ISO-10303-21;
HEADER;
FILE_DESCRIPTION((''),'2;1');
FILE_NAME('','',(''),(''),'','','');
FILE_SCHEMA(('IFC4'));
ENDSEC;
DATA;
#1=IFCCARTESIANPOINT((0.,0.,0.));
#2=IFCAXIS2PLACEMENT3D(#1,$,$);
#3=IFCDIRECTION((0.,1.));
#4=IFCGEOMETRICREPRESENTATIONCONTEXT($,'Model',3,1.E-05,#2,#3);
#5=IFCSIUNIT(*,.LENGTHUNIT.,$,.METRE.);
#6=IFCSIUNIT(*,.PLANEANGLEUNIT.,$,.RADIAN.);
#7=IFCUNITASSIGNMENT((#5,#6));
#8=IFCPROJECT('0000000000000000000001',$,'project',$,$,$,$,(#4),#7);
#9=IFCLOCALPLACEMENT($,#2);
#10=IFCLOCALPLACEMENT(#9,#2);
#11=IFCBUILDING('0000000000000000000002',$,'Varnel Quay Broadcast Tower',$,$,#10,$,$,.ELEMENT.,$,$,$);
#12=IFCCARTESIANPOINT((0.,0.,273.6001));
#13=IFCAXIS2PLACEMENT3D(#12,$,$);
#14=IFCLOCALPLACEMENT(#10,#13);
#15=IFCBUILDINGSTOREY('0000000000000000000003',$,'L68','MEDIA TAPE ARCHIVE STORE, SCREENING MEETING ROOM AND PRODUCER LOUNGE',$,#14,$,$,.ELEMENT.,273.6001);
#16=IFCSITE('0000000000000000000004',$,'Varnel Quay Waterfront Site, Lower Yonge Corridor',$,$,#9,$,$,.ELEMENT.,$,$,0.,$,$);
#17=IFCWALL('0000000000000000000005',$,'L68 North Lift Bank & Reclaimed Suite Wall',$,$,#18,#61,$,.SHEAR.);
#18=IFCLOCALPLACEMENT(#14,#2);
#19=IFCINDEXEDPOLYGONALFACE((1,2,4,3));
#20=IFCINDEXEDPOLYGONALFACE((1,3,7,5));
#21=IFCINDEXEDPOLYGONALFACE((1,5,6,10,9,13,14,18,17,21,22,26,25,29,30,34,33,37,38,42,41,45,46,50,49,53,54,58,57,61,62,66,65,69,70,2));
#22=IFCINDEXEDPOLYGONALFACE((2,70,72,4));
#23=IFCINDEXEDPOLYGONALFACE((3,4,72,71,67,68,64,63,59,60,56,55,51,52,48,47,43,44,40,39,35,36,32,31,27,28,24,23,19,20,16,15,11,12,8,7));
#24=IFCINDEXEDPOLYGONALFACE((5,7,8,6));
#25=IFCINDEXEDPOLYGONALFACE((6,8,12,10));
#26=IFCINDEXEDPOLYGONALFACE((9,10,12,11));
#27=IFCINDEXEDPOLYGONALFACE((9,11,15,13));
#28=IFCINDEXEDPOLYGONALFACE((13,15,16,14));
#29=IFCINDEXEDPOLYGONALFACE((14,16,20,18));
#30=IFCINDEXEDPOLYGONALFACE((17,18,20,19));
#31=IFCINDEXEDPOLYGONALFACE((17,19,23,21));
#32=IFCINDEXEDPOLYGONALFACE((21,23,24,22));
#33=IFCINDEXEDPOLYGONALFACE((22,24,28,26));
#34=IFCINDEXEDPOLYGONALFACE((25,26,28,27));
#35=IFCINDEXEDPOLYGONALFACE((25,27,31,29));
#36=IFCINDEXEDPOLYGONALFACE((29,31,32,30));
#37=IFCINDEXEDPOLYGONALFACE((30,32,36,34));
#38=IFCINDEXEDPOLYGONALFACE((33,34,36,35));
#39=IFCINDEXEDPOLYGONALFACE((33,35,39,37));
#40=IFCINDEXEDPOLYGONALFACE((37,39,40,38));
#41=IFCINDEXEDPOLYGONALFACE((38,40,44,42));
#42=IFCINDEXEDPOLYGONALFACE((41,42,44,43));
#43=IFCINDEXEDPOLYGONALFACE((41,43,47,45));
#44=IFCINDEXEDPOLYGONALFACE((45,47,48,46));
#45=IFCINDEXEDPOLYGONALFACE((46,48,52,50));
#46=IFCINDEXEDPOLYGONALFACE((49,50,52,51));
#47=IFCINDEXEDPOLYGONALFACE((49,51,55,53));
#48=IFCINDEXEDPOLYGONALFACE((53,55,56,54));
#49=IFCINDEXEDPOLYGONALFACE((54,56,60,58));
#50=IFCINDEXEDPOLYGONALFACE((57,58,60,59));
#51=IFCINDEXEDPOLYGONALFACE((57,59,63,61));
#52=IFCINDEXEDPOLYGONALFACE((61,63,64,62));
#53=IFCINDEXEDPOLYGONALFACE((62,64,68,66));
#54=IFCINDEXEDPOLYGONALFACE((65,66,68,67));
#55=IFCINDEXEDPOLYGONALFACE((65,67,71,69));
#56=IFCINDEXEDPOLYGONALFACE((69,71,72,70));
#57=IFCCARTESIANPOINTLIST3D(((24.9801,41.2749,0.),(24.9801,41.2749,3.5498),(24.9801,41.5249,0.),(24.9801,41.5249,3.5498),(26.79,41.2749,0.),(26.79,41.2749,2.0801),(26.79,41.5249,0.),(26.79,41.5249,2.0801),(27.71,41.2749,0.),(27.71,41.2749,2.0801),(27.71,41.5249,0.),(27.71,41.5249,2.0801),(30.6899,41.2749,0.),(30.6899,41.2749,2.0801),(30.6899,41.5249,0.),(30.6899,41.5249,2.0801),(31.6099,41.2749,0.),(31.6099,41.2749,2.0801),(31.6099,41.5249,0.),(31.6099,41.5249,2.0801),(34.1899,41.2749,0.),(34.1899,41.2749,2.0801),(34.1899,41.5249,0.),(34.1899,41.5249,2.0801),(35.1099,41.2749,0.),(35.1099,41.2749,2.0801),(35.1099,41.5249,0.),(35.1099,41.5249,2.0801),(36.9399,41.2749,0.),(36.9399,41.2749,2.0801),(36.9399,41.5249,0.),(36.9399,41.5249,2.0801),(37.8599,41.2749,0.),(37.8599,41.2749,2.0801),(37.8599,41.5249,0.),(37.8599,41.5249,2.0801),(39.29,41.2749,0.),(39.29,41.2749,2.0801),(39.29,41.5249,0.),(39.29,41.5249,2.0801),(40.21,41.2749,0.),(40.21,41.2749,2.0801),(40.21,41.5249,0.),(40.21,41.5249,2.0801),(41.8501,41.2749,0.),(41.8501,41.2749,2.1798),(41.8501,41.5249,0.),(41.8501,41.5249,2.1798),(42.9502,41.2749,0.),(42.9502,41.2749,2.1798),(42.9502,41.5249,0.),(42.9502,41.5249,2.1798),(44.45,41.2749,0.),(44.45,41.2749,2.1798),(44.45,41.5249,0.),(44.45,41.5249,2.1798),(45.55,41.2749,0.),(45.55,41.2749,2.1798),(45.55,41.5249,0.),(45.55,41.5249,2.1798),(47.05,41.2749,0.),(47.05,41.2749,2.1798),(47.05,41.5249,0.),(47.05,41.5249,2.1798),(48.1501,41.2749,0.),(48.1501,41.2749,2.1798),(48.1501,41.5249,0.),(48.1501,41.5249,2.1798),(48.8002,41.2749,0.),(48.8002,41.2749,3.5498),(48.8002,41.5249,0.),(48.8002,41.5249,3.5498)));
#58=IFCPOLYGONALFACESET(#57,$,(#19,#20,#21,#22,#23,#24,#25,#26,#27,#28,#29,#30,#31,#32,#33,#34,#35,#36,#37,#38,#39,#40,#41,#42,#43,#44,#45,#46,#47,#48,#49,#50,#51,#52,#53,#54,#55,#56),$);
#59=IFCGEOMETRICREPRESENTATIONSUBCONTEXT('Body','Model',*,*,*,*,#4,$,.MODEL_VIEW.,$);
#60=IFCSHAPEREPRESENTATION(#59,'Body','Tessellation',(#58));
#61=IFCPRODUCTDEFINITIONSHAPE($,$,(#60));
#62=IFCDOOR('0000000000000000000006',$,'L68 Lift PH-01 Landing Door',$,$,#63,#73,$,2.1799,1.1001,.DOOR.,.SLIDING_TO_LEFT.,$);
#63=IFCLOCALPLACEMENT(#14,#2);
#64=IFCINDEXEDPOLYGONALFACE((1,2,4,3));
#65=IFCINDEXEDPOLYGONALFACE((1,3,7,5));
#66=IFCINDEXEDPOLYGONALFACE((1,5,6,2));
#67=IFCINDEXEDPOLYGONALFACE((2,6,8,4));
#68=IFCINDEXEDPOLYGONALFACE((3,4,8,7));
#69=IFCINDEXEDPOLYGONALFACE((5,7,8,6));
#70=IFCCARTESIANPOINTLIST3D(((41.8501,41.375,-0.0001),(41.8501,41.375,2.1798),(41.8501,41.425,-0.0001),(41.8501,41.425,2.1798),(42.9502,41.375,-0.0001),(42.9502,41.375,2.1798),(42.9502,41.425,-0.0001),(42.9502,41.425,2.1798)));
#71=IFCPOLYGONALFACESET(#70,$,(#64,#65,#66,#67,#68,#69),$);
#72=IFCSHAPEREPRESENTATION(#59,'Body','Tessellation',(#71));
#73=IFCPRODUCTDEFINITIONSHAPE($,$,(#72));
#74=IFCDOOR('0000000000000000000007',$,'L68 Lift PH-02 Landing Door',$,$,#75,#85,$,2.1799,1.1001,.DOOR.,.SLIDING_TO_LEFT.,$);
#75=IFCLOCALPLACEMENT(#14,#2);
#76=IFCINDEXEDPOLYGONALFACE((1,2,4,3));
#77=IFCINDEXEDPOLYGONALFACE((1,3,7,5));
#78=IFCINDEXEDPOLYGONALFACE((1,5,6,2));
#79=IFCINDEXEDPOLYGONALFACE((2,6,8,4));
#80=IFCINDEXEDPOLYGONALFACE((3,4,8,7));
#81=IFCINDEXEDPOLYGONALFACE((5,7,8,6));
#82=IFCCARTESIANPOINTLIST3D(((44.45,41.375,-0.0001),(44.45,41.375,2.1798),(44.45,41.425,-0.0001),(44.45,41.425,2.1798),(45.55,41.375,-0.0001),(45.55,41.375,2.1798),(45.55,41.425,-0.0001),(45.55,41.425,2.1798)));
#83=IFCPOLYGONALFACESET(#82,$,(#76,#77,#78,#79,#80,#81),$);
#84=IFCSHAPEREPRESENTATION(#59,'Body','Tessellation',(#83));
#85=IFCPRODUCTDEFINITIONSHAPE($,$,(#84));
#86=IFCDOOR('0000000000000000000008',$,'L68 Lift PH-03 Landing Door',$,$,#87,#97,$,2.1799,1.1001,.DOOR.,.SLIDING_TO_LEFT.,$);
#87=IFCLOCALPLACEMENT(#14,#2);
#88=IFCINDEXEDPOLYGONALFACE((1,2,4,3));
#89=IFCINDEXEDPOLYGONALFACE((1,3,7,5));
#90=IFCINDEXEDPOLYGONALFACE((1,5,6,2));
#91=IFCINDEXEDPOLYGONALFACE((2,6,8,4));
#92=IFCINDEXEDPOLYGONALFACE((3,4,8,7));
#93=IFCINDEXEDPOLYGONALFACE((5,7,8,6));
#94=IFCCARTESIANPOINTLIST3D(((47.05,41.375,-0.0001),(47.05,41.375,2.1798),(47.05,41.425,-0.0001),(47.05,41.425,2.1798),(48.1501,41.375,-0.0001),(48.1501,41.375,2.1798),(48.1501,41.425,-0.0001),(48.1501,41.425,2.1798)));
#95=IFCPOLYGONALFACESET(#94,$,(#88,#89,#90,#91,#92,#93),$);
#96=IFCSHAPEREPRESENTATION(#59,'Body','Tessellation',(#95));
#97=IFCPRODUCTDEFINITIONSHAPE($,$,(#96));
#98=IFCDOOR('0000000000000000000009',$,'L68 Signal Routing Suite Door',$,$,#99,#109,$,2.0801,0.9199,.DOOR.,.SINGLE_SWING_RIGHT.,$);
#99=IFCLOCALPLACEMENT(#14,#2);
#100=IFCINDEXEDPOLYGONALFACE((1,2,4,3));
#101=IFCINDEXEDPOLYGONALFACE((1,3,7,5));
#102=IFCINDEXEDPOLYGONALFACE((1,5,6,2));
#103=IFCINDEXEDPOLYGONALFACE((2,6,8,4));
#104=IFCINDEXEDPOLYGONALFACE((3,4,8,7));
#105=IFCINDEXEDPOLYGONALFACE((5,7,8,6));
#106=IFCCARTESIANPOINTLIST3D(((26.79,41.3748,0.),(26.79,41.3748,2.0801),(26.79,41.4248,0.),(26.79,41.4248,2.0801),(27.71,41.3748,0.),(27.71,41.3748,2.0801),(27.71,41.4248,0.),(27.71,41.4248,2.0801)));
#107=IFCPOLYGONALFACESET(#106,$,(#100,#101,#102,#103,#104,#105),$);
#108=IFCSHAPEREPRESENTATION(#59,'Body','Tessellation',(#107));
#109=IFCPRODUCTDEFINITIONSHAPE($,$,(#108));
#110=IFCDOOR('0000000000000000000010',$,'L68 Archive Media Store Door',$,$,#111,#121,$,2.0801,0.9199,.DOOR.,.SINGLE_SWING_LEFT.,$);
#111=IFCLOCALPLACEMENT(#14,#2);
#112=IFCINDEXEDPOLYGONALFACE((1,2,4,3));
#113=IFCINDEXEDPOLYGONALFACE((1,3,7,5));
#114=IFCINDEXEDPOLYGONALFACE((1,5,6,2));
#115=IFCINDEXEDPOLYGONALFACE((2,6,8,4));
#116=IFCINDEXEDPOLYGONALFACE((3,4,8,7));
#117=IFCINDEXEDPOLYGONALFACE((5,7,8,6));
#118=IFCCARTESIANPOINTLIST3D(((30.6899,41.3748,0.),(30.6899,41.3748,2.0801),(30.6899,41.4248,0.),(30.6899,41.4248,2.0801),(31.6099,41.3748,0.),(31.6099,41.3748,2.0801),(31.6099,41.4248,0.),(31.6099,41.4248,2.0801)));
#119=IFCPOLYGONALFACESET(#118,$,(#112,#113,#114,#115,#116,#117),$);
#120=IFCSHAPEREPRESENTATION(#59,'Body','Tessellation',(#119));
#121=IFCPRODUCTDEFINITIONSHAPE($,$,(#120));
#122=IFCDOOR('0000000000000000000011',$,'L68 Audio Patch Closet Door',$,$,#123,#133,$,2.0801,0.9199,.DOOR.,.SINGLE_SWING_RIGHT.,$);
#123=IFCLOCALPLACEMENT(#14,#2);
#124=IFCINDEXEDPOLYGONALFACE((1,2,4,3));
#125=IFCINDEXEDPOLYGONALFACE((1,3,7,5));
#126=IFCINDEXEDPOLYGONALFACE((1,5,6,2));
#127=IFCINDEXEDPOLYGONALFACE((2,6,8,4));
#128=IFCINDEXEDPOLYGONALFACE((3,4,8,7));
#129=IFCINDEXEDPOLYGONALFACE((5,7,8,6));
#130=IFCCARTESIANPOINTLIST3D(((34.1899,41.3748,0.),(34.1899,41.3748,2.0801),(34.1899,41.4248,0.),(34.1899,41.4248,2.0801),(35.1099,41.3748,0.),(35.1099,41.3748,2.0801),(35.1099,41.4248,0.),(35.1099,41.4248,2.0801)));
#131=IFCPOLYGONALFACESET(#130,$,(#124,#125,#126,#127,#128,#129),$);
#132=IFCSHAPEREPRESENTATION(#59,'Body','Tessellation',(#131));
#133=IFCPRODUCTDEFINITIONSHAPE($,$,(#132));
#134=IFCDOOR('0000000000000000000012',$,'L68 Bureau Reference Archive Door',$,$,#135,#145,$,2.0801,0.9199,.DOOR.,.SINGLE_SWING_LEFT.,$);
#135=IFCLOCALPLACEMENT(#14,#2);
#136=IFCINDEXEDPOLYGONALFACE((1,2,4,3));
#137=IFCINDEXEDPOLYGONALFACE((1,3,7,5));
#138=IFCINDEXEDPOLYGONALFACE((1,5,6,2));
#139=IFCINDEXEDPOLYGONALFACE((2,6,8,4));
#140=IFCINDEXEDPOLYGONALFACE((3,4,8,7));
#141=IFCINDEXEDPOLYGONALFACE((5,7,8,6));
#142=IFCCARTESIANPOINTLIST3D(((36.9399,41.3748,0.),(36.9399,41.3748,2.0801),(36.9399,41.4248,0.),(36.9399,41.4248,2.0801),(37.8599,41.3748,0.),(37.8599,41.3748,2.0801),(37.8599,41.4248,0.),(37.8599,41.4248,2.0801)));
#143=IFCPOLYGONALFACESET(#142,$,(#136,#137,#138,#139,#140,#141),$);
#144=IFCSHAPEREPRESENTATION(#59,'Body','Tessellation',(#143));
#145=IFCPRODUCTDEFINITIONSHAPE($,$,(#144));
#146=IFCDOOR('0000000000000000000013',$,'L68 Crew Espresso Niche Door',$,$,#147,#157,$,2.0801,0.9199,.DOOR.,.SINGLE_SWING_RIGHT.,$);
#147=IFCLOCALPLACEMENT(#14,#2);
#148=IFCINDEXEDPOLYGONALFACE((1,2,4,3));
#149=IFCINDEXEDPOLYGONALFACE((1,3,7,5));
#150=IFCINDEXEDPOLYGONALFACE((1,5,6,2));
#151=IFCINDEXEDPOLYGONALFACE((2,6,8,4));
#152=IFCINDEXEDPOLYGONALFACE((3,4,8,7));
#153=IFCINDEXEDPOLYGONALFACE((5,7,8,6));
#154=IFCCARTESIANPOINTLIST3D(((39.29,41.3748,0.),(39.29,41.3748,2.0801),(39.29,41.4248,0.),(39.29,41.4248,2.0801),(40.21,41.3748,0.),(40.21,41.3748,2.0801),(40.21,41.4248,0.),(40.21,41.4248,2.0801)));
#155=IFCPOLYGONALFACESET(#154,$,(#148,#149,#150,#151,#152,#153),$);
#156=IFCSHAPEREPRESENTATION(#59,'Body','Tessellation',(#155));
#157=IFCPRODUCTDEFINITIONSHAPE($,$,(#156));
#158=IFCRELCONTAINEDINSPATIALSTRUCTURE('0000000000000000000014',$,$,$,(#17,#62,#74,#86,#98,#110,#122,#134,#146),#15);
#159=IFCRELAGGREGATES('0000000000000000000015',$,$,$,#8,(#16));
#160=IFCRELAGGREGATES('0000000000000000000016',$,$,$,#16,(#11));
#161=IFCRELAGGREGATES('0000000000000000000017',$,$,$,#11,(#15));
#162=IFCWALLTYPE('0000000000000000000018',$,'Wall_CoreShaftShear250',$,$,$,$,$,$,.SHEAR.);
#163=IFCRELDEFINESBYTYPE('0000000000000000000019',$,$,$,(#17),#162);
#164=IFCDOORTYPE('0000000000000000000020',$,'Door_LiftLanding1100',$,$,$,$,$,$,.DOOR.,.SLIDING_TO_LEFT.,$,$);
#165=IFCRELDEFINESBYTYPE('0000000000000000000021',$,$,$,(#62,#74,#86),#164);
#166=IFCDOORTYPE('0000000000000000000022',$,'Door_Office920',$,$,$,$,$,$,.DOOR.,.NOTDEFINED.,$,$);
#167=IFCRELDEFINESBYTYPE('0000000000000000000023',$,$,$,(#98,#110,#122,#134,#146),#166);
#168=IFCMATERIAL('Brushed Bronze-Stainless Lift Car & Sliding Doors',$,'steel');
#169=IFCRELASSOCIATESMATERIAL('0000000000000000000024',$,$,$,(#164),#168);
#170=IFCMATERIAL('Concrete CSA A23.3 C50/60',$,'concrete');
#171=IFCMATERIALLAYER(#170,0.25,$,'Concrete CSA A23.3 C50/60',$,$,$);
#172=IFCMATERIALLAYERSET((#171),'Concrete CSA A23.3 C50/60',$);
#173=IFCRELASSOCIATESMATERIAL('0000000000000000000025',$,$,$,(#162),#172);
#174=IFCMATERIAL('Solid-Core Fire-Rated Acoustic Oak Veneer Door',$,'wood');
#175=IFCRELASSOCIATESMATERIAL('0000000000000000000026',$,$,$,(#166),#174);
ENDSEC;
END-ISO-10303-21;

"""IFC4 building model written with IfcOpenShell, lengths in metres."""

from ifc_helpers import new_model, si_unit, direction, frame, frame_2d, origin, place, context, subcontext, project, spatial, rectangle, extrude, source, transform, mapped, material, layer, layer_set, type_object, type_shapes, element, fill, save


model = new_model("IFC4")

# Units and contexts
model_context = context("Model", 3, precision=1e-05, world=origin(), true_north=direction((0.0, 1.0)))
body_context = subcontext(model_context, "Body", "Model", "MODEL_VIEW")
ifc_project = project(units=[si_unit("LENGTHUNIT", "METRE"), si_unit("PLANEANGLEUNIT", "RADIAN")], contexts=[model_context])

# Site, building, storey
site_placement = place(None, origin())
site = spatial("IfcSite", under=ifc_project, at=site_placement, Name="Varnel Quay Waterfront Site, Lower Yonge Corridor", CompositionType="ELEMENT", RefElevation=0.0)
building_placement = place(site_placement, origin())
building = spatial("IfcBuilding", under=site, at=building_placement, Name="Varnel Quay Broadcast Tower", CompositionType="ELEMENT")
storey_placement = place(building_placement, frame((0.0, 0.0, 273.6001)))
storey = spatial("IfcBuildingStorey", under=building, at=storey_placement, Name="L68", Description="MEDIA TAPE ARCHIVE STORE, SCREENING MEETING ROOM AND PRODUCER LOUNGE", CompositionType="ELEMENT", Elevation=273.6001)

# Shared definitions
ifc_material_1 = material(Name="Concrete CSA A23.3 C50/60", Category="concrete")
ifc_material_2 = material(Name="Brushed Bronze-Stainless Lift Car & Sliding Doors", Category="steel")
door_type_1 = type_object("IfcDoorType", Name="Door_LiftLanding1100", OperationType="SLIDING_TO_LEFT", PredefinedType="DOOR", material=ifc_material_2)
shared_shape_1 = source(origin(), body_context, "Body", "SweptSolid", [
    extrude(rectangle(XDim=1.1001, YDim=2.1799, at=frame_2d((0.55, 1.0898))), frame((0.0, 0.0249, 0.0), z_axis=(0.0, -1.0, 0.0), x_axis=(1.0, 0.0, 0.0)), (0.0, 0.0, 1.0), 0.05),
])
type_shapes(door_type_1, [shared_shape_1])

# Wall, openings, doors
ifc_layer_1 = layer(ifc_material_1, 0.25, Name="Concrete CSA A23.3 C50/60")
ifc_layer_set_1 = layer_set([ifc_layer_1], Name="Concrete CSA A23.3 C50/60")
wall_type_1 = type_object("IfcWallType", Name="Wall_CoreShaftShear250", PredefinedType="SHEAR", material=ifc_layer_set_1)
wall_1_placement = place(storey_placement, frame((24.98, 41.3999, 0.0), z_axis=(0.0, 0.0, 1.0), x_axis=(1.0, 0.0, 0.0)))
wall_1 = element("IfcWall", 1, at=wall_1_placement, inside=storey, type_object=wall_type_1, Name="L68 North Lift Bank & Reclaimed Suite Wall", PredefinedType="SHEAR", context=body_context, shape_type="SweptSolid", body=[
    extrude(rectangle(XDim=23.8201, YDim=0.25, at=frame_2d((11.9102, 0.0))), origin(), (0.0, 0.0, 1.0), 3.5498),
])
opening_1_placement = place(wall_1_placement, frame((16.8701, 0.0, 0.0)))
opening_1 = element("IfcOpeningElement", 2, at=opening_1_placement, cuts=wall_1, PredefinedType="OPENING", context=body_context, shape_type="SweptSolid", body=[
    extrude(rectangle(XDim=1.1001, YDim=2.1799, at=frame_2d((0.55, 1.0898))), frame((0.0, 0.135, 0.0), z_axis=(0.0, -1.0, 0.0), x_axis=(1.0, 0.0, 0.0)), (0.0, 0.0, 1.0), 0.27),
])
opening_2_placement = place(wall_1_placement, frame((19.47, 0.0, 0.0)))
opening_2 = element("IfcOpeningElement", 3, at=opening_2_placement, cuts=wall_1, PredefinedType="OPENING", context=body_context, shape_type="SweptSolid", body=[
    extrude(rectangle(XDim=1.1001, YDim=2.1799, at=frame_2d((0.55, 1.0898))), frame((0.0, 0.135, 0.0), z_axis=(0.0, -1.0, 0.0), x_axis=(1.0, 0.0, 0.0)), (0.0, 0.0, 1.0), 0.27),
])
opening_3_placement = place(wall_1_placement, frame((22.0701, 0.0, 0.0)))
opening_3 = element("IfcOpeningElement", 4, at=opening_3_placement, cuts=wall_1, PredefinedType="OPENING", context=body_context, shape_type="SweptSolid", body=[
    extrude(rectangle(XDim=1.1001, YDim=2.1799, at=frame_2d((0.55, 1.0898))), frame((0.0, 0.135, 0.0), z_axis=(0.0, -1.0, 0.0), x_axis=(1.0, 0.0, 0.0)), (0.0, 0.0, 1.0), 0.27),
])
opening_4_placement = place(wall_1_placement, frame((1.8101, 0.0, 0.0)))
opening_4 = element("IfcOpeningElement", 5, at=opening_4_placement, cuts=wall_1, PredefinedType="OPENING", context=body_context, shape_type="SweptSolid", body=[
    extrude(rectangle(XDim=0.9199, YDim=2.0801, at=frame_2d((0.46, 1.04))), frame((0.0, 0.135, 0.0), z_axis=(0.0, -1.0, 0.0), x_axis=(1.0, 0.0, 0.0)), (0.0, 0.0, 1.0), 0.27),
])
opening_5_placement = place(wall_1_placement, frame((5.71, 0.0, 0.0)))
opening_5 = element("IfcOpeningElement", 6, at=opening_5_placement, cuts=wall_1, PredefinedType="OPENING", context=body_context, shape_type="SweptSolid", body=[
    extrude(rectangle(XDim=0.9199, YDim=2.0801, at=frame_2d((0.46, 1.04))), frame((0.0, 0.135, 0.0), z_axis=(0.0, -1.0, 0.0), x_axis=(1.0, 0.0, 0.0)), (0.0, 0.0, 1.0), 0.27),
])
opening_6_placement = place(wall_1_placement, frame((9.21, 0.0, 0.0)))
opening_6 = element("IfcOpeningElement", 7, at=opening_6_placement, cuts=wall_1, PredefinedType="OPENING", context=body_context, shape_type="SweptSolid", body=[
    extrude(rectangle(XDim=0.9199, YDim=2.0801, at=frame_2d((0.46, 1.04))), frame((0.0, 0.135, 0.0), z_axis=(0.0, -1.0, 0.0), x_axis=(1.0, 0.0, 0.0)), (0.0, 0.0, 1.0), 0.27),
])
opening_7_placement = place(wall_1_placement, frame((11.96, 0.0, 0.0)))
opening_7 = element("IfcOpeningElement", 8, at=opening_7_placement, cuts=wall_1, PredefinedType="OPENING", context=body_context, shape_type="SweptSolid", body=[
    extrude(rectangle(XDim=0.9199, YDim=2.0801, at=frame_2d((0.46, 1.04))), frame((0.0, 0.135, 0.0), z_axis=(0.0, -1.0, 0.0), x_axis=(1.0, 0.0, 0.0)), (0.0, 0.0, 1.0), 0.27),
])
opening_8_placement = place(wall_1_placement, frame((14.3101, 0.0, 0.0)))
opening_8 = element("IfcOpeningElement", 9, at=opening_8_placement, cuts=wall_1, PredefinedType="OPENING", context=body_context, shape_type="SweptSolid", body=[
    extrude(rectangle(XDim=0.9199, YDim=2.0801, at=frame_2d((0.46, 1.04))), frame((0.0, 0.135, 0.0), z_axis=(0.0, -1.0, 0.0), x_axis=(1.0, 0.0, 0.0)), (0.0, 0.0, 1.0), 0.27),
])
door_1_placement = place(opening_1_placement, frame((1.1001, 0.0, 0.0), z_axis=(0.0, 0.0, 1.0), x_axis=(-1.0, 0.0, 0.0)))
door_1 = element("IfcDoor", 10, at=door_1_placement, inside=storey, type_object=door_type_1, Name="L68 Lift PH-01 Landing Door", OperationType="SLIDING_TO_LEFT", OverallHeight=2.1799, OverallWidth=1.1001, PredefinedType="DOOR", context=body_context, shape_type="MappedRepresentation", body=[
    mapped(shared_shape_1, transform((0.0, 0.0, 0.0), x_axis=(1.0, 0.0, 0.0), y_axis=(0.0, 1.0, 0.0), z_axis=(0.0, 0.0, 1.0), scale=1.0)),
])
fill(opening_1, door_1)
door_2_placement = place(opening_2_placement, frame((1.1001, 0.0, 0.0), z_axis=(0.0, 0.0, 1.0), x_axis=(-1.0, 0.0, 0.0)))
door_2 = element("IfcDoor", 11, at=door_2_placement, inside=storey, type_object=door_type_1, Name="L68 Lift PH-02 Landing Door", OperationType="SLIDING_TO_LEFT", OverallHeight=2.1799, OverallWidth=1.1001, PredefinedType="DOOR", context=body_context, shape_type="MappedRepresentation", body=[
    mapped(shared_shape_1, transform((0.0, 0.0, 0.0), x_axis=(1.0, 0.0, 0.0), y_axis=(0.0, 1.0, 0.0), z_axis=(0.0, 0.0, 1.0), scale=1.0)),
])
fill(opening_2, door_2)
door_3_placement = place(opening_3_placement, frame((1.1001, 0.0, 0.0), z_axis=(0.0, 0.0, 1.0), x_axis=(-1.0, 0.0, 0.0)))
door_3 = element("IfcDoor", 12, at=door_3_placement, inside=storey, type_object=door_type_1, Name="L68 Lift PH-03 Landing Door", OperationType="SLIDING_TO_LEFT", OverallHeight=2.1799, OverallWidth=1.1001, PredefinedType="DOOR", context=body_context, shape_type="MappedRepresentation", body=[
    mapped(shared_shape_1, transform((0.0, 0.0, 0.0), x_axis=(1.0, 0.0, 0.0), y_axis=(0.0, 1.0, 0.0), z_axis=(0.0, 0.0, 1.0), scale=1.0)),
])
fill(opening_3, door_3)
ifc_material_3 = material(Name="Solid-Core Fire-Rated Acoustic Oak Veneer Door", Category="wood")
door_type_2 = type_object("IfcDoorType", Name="Door_Office920", OperationType="NOTDEFINED", PredefinedType="DOOR", material=ifc_material_3)
shared_shape_2 = source(origin(), body_context, "Body", "SweptSolid", [
    extrude(rectangle(XDim=0.9199, YDim=2.0801, at=frame_2d((0.46, 1.04))), frame((0.0, 0.0249, 0.0), z_axis=(0.0, -1.0, 0.0), x_axis=(1.0, 0.0, 0.0)), (0.0, 0.0, 1.0), 0.05),
])
type_shapes(door_type_2, [shared_shape_2])
door_4_placement = place(opening_4_placement, origin())
door_4 = element("IfcDoor", 13, at=door_4_placement, inside=storey, type_object=door_type_2, Name="L68 Signal Routing Suite Door", OperationType="SINGLE_SWING_RIGHT", OverallHeight=2.0801, OverallWidth=0.9199, PredefinedType="DOOR", context=body_context, shape_type="MappedRepresentation", body=[
    mapped(shared_shape_2, transform((0.0, 0.0, 0.0), x_axis=(1.0, 0.0, 0.0), y_axis=(0.0, 1.0, 0.0), z_axis=(0.0, 0.0, 1.0), scale=1.0)),
])
fill(opening_4, door_4)
door_5_placement = place(opening_5_placement, origin())
door_5 = element("IfcDoor", 14, at=door_5_placement, inside=storey, type_object=door_type_2, Name="L68 Archive Media Store Door", OperationType="SINGLE_SWING_LEFT", OverallHeight=2.0801, OverallWidth=0.9199, PredefinedType="DOOR", context=body_context, shape_type="MappedRepresentation", body=[
    mapped(shared_shape_2, transform((0.0, 0.0, 0.0), x_axis=(1.0, 0.0, 0.0), y_axis=(0.0, 1.0, 0.0), z_axis=(0.0, 0.0, 1.0), scale=1.0)),
])
fill(opening_5, door_5)
door_6_placement = place(opening_6_placement, origin())
door_6 = element("IfcDoor", 15, at=door_6_placement, inside=storey, type_object=door_type_2, Name="L68 Audio Patch Closet Door", OperationType="SINGLE_SWING_RIGHT", OverallHeight=2.0801, OverallWidth=0.9199, PredefinedType="DOOR", context=body_context, shape_type="MappedRepresentation", body=[
    mapped(shared_shape_2, transform((0.0, 0.0, 0.0), x_axis=(1.0, 0.0, 0.0), y_axis=(0.0, 1.0, 0.0), z_axis=(0.0, 0.0, 1.0), scale=1.0)),
])
fill(opening_6, door_6)
door_7_placement = place(opening_7_placement, origin())
door_7 = element("IfcDoor", 16, at=door_7_placement, inside=storey, type_object=door_type_2, Name="L68 Bureau Reference Archive Door", OperationType="SINGLE_SWING_LEFT", OverallHeight=2.0801, OverallWidth=0.9199, PredefinedType="DOOR", context=body_context, shape_type="MappedRepresentation", body=[
    mapped(shared_shape_2, transform((0.0, 0.0, 0.0), x_axis=(1.0, 0.0, 0.0), y_axis=(0.0, 1.0, 0.0), z_axis=(0.0, 0.0, 1.0), scale=1.0)),
])
fill(opening_7, door_7)
door_8_placement = place(opening_8_placement, origin())
door_8 = element("IfcDoor", 17, at=door_8_placement, inside=storey, type_object=door_type_2, Name="L68 Crew Espresso Niche Door", OperationType="SINGLE_SWING_RIGHT", OverallHeight=2.0801, OverallWidth=0.9199, PredefinedType="DOOR", context=body_context, shape_type="MappedRepresentation", body=[
    mapped(shared_shape_2, transform((0.0, 0.0, 0.0), x_axis=(1.0, 0.0, 0.0), y_axis=(0.0, 1.0, 0.0), z_axis=(0.0, 0.0, 1.0), scale=1.0)),
])
fill(opening_8, door_8)

save(model, "model.ifc")
